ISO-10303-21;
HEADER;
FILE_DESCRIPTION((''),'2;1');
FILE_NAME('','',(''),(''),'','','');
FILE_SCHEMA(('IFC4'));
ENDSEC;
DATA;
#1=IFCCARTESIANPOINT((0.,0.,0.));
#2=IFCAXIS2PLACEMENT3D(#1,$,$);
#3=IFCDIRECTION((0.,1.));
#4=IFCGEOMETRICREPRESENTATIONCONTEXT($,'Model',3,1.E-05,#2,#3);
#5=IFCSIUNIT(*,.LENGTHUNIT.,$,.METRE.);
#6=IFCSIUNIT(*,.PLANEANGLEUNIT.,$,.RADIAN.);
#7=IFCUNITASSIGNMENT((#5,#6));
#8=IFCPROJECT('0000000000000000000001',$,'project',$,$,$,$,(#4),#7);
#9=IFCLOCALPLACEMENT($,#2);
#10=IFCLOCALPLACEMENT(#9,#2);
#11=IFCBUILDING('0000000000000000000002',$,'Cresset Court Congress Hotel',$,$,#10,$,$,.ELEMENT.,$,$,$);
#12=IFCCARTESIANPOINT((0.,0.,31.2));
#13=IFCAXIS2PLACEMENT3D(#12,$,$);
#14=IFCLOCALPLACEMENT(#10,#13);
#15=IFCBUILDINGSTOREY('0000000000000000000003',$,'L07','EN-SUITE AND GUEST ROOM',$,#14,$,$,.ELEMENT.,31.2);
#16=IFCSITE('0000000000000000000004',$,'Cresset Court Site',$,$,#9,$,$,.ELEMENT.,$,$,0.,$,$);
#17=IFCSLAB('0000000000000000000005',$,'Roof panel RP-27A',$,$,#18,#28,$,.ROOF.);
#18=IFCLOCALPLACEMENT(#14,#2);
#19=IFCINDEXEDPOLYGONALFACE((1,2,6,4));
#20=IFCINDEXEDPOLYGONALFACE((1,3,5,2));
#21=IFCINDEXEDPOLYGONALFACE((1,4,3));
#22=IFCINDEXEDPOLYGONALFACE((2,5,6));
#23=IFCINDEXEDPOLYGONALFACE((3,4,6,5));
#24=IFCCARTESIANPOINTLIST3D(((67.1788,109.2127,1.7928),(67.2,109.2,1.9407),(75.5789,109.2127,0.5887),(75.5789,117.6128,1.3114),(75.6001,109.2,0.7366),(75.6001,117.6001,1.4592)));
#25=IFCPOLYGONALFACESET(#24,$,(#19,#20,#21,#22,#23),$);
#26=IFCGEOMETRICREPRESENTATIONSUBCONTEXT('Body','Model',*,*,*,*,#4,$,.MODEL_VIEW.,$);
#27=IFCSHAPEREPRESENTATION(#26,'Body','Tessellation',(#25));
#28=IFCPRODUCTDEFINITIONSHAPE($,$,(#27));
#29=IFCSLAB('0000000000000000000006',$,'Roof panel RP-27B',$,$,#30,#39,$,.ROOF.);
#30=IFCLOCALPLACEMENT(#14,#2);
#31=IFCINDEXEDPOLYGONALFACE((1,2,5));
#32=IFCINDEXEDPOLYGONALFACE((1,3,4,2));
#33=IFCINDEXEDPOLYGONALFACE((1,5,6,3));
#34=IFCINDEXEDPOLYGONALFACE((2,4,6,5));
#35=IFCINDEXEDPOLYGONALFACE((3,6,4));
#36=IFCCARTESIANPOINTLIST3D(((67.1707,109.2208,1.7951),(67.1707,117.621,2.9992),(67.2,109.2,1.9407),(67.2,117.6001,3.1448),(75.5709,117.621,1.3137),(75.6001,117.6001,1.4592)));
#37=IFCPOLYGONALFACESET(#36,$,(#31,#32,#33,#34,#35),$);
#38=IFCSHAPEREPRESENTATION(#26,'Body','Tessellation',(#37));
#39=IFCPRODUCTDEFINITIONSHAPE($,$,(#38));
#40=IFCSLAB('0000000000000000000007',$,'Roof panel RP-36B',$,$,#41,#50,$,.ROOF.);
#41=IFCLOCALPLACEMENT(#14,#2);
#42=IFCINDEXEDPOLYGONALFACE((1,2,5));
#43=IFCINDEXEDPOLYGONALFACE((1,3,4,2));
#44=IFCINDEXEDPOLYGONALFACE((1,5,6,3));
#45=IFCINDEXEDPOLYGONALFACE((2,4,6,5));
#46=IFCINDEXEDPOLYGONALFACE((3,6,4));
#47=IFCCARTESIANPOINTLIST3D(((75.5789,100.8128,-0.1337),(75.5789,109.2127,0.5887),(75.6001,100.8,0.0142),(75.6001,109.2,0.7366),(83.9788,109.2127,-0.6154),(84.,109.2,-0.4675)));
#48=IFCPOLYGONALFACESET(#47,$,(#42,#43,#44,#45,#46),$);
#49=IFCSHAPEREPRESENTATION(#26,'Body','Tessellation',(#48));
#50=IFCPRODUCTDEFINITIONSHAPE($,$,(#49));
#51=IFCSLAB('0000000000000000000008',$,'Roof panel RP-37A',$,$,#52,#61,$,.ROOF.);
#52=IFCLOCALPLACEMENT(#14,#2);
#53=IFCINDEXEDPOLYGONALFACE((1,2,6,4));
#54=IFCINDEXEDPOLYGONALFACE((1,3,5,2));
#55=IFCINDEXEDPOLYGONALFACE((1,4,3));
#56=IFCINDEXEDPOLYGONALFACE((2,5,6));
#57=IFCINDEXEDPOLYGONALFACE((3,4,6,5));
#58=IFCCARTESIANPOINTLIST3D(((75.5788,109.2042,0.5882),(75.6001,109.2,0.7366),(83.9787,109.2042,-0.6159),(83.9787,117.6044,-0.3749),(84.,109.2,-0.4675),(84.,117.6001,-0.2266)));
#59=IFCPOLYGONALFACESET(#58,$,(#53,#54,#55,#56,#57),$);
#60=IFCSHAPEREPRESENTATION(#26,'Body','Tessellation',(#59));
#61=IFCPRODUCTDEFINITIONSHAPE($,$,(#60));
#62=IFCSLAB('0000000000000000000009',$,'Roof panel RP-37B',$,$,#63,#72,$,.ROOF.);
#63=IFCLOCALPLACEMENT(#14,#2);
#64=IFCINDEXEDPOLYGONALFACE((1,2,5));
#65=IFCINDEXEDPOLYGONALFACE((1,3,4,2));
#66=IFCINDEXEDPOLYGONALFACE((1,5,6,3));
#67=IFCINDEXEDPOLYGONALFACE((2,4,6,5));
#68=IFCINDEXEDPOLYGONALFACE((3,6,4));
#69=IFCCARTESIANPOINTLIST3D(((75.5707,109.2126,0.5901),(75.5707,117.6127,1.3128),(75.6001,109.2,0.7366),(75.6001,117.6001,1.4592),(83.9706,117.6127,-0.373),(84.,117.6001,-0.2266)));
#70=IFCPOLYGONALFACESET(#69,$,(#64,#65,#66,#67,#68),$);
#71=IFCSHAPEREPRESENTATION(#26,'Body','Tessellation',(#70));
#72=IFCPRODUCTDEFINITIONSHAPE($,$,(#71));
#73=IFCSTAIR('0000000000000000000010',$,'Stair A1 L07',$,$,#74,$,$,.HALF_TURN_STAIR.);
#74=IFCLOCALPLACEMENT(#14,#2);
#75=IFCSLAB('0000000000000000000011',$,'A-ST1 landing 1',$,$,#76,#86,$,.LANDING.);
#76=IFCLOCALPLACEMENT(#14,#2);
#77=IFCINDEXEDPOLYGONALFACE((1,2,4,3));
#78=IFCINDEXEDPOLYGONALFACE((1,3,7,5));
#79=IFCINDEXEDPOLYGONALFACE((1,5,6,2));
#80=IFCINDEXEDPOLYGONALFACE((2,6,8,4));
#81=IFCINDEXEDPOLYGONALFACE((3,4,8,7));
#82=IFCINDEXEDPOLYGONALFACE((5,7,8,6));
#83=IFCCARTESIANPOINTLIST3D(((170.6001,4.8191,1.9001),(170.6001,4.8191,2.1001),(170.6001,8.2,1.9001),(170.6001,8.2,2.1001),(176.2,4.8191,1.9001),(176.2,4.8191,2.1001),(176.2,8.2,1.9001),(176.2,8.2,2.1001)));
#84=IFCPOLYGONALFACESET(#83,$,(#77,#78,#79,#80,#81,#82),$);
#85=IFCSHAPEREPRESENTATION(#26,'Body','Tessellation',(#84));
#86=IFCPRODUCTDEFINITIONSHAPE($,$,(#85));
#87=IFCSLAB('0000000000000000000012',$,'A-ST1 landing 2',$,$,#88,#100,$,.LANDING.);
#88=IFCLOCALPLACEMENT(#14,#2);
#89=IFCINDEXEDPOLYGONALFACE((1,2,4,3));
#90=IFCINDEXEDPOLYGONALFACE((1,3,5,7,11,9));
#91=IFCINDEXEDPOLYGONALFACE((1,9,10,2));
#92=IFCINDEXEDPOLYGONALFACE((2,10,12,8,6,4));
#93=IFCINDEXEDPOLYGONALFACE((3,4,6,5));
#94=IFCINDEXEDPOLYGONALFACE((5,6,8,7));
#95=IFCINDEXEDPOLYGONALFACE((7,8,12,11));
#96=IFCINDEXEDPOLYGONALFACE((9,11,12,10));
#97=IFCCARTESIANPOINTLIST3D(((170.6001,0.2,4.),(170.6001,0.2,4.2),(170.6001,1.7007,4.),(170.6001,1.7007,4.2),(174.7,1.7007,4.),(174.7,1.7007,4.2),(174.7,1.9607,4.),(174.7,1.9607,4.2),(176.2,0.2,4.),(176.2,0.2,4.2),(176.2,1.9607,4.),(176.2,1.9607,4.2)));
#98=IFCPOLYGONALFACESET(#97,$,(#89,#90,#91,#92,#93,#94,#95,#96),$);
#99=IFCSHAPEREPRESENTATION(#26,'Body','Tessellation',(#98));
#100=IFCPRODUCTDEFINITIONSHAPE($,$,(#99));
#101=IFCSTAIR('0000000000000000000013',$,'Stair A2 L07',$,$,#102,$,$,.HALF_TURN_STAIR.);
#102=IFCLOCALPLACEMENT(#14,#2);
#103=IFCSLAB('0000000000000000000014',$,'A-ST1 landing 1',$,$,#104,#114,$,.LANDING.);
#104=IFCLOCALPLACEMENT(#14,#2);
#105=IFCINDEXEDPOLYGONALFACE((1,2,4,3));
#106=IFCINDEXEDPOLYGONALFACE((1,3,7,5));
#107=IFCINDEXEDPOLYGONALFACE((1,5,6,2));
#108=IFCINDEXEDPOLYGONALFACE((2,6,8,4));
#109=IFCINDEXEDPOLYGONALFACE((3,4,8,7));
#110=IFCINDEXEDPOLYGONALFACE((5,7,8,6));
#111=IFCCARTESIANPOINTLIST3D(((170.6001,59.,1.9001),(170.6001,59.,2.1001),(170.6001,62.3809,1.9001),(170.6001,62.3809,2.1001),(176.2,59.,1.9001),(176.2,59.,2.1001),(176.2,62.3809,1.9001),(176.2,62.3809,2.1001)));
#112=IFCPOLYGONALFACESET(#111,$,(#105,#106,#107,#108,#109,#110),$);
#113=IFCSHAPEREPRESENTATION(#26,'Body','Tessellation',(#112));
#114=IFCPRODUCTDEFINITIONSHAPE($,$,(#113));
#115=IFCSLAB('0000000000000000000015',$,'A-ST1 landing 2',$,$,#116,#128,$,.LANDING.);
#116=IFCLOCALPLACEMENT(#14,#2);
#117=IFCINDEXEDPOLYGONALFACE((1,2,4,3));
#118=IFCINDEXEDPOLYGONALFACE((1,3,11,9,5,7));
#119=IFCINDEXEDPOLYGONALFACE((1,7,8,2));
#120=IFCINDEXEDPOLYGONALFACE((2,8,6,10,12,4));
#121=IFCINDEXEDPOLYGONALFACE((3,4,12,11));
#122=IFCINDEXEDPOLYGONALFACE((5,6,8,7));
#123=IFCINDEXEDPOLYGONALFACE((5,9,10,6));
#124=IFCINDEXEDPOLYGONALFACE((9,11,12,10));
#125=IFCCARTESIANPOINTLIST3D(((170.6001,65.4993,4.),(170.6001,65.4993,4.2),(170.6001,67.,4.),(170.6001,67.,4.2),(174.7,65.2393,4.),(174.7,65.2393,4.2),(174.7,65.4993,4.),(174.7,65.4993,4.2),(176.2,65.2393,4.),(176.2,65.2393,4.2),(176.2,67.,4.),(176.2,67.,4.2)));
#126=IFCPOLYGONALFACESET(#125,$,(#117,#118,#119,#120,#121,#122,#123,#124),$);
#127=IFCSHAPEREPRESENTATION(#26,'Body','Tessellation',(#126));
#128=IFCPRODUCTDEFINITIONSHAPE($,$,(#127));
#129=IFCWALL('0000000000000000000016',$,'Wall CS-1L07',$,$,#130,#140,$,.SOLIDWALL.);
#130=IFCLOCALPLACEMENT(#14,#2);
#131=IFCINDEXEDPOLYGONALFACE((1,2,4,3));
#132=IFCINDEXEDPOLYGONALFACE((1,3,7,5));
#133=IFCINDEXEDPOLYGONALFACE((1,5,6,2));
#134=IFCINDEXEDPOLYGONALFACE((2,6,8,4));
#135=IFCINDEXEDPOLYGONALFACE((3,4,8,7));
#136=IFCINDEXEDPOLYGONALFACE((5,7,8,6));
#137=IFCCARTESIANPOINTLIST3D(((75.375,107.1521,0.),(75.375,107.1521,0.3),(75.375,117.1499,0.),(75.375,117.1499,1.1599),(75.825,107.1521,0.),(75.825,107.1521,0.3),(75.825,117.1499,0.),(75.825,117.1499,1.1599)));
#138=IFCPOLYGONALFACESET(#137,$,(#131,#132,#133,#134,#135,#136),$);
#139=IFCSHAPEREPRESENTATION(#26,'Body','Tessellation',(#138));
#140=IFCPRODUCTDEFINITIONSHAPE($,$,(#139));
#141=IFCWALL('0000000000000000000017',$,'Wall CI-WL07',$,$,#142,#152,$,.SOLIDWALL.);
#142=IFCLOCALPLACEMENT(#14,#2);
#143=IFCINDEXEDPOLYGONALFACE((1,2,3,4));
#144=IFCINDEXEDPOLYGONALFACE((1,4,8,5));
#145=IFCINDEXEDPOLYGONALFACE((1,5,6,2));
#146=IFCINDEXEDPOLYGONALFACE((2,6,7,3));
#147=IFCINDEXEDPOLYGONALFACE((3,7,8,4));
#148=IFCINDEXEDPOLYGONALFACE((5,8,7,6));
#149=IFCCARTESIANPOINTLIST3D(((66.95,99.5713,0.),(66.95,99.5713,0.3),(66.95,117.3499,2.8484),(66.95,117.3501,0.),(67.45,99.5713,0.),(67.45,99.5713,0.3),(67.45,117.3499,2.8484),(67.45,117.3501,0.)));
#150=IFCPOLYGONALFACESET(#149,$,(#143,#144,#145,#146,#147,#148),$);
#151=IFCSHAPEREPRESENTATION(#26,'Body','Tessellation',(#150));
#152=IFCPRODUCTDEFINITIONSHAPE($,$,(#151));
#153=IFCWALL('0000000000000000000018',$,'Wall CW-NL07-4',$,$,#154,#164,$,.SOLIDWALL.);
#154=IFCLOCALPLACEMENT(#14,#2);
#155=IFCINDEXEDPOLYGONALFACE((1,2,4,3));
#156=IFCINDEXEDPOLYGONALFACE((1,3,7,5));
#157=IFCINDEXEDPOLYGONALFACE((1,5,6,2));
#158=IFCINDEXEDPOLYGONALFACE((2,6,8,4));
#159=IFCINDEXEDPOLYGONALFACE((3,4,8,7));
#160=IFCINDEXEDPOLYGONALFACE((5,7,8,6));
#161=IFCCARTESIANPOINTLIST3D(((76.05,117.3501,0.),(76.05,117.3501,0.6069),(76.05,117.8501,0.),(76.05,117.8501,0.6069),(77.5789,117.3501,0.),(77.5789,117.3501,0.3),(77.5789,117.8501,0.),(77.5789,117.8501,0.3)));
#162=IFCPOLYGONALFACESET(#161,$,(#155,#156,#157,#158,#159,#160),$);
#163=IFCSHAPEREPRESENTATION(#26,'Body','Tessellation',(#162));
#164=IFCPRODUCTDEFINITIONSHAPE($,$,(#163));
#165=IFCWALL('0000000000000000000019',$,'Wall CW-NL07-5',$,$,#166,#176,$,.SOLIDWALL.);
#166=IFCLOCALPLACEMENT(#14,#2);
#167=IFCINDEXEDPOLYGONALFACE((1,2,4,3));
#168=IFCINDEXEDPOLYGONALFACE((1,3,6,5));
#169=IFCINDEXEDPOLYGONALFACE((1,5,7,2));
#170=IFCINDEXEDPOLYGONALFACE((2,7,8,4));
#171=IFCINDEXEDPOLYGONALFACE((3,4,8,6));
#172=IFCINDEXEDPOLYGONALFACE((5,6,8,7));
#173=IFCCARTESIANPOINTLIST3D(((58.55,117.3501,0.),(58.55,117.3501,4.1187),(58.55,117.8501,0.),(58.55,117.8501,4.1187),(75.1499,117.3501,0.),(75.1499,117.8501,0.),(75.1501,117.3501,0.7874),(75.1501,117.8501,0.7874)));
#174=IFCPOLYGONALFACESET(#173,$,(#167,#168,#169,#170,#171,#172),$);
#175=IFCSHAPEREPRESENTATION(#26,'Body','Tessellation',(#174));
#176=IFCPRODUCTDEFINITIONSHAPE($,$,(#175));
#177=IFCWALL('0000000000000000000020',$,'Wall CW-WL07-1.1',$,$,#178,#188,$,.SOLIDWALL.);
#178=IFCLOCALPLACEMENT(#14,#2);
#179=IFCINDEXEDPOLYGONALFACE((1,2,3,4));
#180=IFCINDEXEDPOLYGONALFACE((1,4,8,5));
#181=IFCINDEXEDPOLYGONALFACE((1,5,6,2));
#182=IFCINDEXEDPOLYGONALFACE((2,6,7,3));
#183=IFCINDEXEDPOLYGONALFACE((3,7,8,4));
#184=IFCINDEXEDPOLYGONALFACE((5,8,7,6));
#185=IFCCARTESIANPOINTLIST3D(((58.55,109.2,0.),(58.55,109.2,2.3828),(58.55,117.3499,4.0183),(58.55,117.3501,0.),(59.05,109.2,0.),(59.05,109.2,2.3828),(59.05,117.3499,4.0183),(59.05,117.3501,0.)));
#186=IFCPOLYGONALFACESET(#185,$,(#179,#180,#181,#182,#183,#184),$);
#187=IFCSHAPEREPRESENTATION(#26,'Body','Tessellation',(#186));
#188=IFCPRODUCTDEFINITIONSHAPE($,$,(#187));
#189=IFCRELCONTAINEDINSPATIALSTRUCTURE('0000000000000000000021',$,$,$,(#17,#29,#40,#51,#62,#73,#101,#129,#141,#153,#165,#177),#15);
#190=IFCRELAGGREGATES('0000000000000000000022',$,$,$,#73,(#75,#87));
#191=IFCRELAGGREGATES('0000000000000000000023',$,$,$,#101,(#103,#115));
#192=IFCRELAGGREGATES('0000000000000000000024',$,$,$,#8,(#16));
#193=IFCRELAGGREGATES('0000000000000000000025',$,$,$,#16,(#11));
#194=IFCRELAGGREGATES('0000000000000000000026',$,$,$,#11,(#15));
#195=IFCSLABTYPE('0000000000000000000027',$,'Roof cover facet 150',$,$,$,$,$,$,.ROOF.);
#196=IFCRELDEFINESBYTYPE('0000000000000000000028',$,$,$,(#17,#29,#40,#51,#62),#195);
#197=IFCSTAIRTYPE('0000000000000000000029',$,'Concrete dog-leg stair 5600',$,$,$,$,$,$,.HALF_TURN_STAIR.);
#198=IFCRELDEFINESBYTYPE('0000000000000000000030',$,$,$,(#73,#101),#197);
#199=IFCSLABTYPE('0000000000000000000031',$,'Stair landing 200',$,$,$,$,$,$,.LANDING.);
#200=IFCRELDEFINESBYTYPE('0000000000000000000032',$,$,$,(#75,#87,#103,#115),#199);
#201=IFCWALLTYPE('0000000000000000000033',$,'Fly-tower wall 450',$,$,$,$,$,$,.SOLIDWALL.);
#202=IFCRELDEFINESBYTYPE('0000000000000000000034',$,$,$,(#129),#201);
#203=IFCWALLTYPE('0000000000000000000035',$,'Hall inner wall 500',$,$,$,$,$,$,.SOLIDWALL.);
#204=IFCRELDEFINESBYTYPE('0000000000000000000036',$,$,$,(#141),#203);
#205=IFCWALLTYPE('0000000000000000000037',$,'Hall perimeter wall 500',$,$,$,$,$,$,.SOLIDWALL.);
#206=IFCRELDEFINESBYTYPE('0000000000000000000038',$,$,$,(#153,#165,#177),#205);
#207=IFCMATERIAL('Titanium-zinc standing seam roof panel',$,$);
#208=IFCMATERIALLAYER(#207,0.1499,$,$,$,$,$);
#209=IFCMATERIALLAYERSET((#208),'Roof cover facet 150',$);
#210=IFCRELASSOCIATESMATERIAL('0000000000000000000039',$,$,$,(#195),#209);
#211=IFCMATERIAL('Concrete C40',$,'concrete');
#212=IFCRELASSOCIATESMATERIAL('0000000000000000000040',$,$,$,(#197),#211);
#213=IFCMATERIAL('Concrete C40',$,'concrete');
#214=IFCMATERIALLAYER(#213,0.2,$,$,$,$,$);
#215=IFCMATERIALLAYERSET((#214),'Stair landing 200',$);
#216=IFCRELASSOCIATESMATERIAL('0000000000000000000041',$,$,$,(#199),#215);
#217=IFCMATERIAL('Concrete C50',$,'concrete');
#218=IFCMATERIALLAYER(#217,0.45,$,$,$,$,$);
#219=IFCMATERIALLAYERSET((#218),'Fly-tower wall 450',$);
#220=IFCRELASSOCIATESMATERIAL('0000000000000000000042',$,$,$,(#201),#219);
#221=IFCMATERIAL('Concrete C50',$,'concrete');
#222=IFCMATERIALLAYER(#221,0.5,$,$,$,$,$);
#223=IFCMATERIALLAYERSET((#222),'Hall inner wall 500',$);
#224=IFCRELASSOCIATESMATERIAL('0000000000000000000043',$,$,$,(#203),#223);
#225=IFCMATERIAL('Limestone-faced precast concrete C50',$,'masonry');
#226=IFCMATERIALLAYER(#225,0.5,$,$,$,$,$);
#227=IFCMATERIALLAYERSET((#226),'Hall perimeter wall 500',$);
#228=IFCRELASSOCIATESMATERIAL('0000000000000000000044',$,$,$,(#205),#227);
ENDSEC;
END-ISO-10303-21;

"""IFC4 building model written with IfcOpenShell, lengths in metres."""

from ifc_helpers import new_model, si_unit, direction, frame, origin, place, context, subcontext, project, spatial, polyline, outline, extrude, material, layer, layer_set, type_object, element, aggregate, save


model = new_model("IFC4")

# Units and contexts
model_context = context("Model", 3, precision=1e-05, world=origin(), true_north=direction((0.0, 1.0)))
body_context = subcontext(model_context, "Body", "Model", "MODEL_VIEW")
ifc_project = project(units=[si_unit("LENGTHUNIT", "METRE"), si_unit("PLANEANGLEUNIT", "RADIAN")], contexts=[model_context])

# Site, building, storey
site_placement = place(None, origin())
site = spatial("IfcSite", under=ifc_project, at=site_placement, Name="Cresset Court Site", CompositionType="ELEMENT", RefElevation=0.0)
building_placement = place(site_placement, origin())
building = spatial("IfcBuilding", under=site, at=building_placement, Name="Cresset Court Congress Hotel", CompositionType="ELEMENT")
storey_placement = place(building_placement, frame((0.0, 0.0, 31.2)))
storey = spatial("IfcBuildingStorey", under=building, at=storey_placement, Name="L07", Description="EN-SUITE AND GUEST ROOM", CompositionType="ELEMENT", Elevation=31.2)

# Slabs
ifc_material_1 = material(Name="Titanium-zinc standing seam roof panel")
ifc_layer_1 = layer(ifc_material_1, 0.1499)
ifc_layer_set_1 = layer_set([ifc_layer_1], Name="Roof cover facet 150")
slab_type_1 = type_object("IfcSlabType", Name="Roof cover facet 150", PredefinedType="ROOF", material=ifc_layer_set_1)
slab_1_placement = place(storey_placement, frame((67.2, 109.2, 1.9407), z_axis=(0.141381, -0.084851, 0.986312), x_axis=(0.989882, 0.0, -0.141893)))
element("IfcSlab", 1, at=slab_1_placement, inside=storey, type_object=slab_type_1, Name="Roof panel RP-27A", PredefinedType="ROOF", context=body_context, shape_type="SweptSolid", body=[
    extrude(outline(polyline([(0.0, 0.0), (8.486, 0.0), (8.3835, 8.4306), (0.0, 0.0)])), origin(), (0.0, 0.0, -1.0), 0.1499),
])
slab_2_placement = place(storey_placement, frame((67.2, 109.2, 1.9407), z_axis=(0.194821, -0.139174, 0.970915), x_axis=(0.706527, 0.706527, -0.040494)))
element("IfcSlab", 2, at=slab_2_placement, inside=storey, type_object=slab_type_1, Name="Roof panel RP-27B", PredefinedType="ROOF", context=body_context, shape_type="SweptSolid", body=[
    extrude(outline(polyline([(0.0, 0.0), (11.8894, 0.0), (5.8862, 6.1127), (0.0, 0.0)])), origin(), (0.0, 0.0, -1.0), 0.1499),
])
slab_3_placement = place(storey_placement, frame((75.6001, 100.8, 0.0142), z_axis=(0.141385, -0.084825, 0.986314), x_axis=(0.706526, 0.706526, -0.040515)))
element("IfcSlab", 3, at=slab_3_placement, inside=storey, type_object=slab_type_1, Name="Roof panel RP-36B", PredefinedType="ROOF", context=body_context, shape_type="SweptSolid", body=[
    extrude(outline(polyline([(0.0, 0.0), (11.889, 0.0), (5.9055, 6.0171), (0.0, 0.0)])), origin(), (0.0, 0.0, -1.0), 0.1499),
])
slab_4_placement = place(storey_placement, frame((75.6001, 109.2, 0.7366), z_axis=(0.141839, -0.028384, 0.989483), x_axis=(0.989881, 0.0, -0.141897)))
element("IfcSlab", 4, at=slab_4_placement, inside=storey, type_object=slab_type_1, Name="Roof panel RP-37A", PredefinedType="ROOF", context=body_context, shape_type="SweptSolid", body=[
    extrude(outline(polyline([(0.0, 0.0), (8.4858, 0.0), (8.4516, 8.4035), (0.0, 0.0)])), origin(), (0.0, 0.0, -1.0), 0.1499),
])
slab_5_placement = place(storey_placement, frame((75.6001, 109.2, 0.7366), z_axis=(0.196072, -0.084049, 0.976981), x_axis=(0.704784, 0.704804, -0.080811)))
element("IfcSlab", 5, at=slab_5_placement, inside=storey, type_object=slab_type_1, Name="Roof panel RP-37B", PredefinedType="ROOF", context=body_context, shape_type="SweptSolid", body=[
    extrude(outline(polyline([(0.0, 0.0), (11.9184, 0.0), (5.8621, 6.0598), (0.0, 0.0)])), origin(), (0.0, 0.0, -1.0), 0.1499),
])

# Stairs, slabs
ifc_material_2 = material(Name="Concrete C40", Category="concrete")
stair_type = type_object("IfcStairType", Name="Concrete dog-leg stair 5600", PredefinedType="HALF_TURN_STAIR", material=ifc_material_2)
stair_1_placement = place(storey_placement, origin())
stair_1 = element("IfcStair", 6, at=stair_1_placement, inside=storey, type_object=stair_type, Name="Stair A1 L07", PredefinedType="HALF_TURN_STAIR")
ifc_material_3 = material(Name="Concrete C40", Category="concrete")
ifc_layer_2 = layer(ifc_material_3, 0.2)
ifc_layer_set_2 = layer_set([ifc_layer_2], Name="Stair landing 200")
slab_type_2 = type_object("IfcSlabType", Name="Stair landing 200", PredefinedType="LANDING", material=ifc_layer_set_2)
slab_6_placement = place(storey_placement, frame((0.0, 0.0, 1.9001)))
slab_6 = element("IfcSlab", 7, at=slab_6_placement, type_object=slab_type_2, Name="A-ST1 landing 1", PredefinedType="LANDING", context=body_context, shape_type="SweptSolid", body=[
    extrude(outline(polyline([(170.6001, 4.8191), (176.2, 4.8191), (176.2, 8.2), (170.6001, 8.2), (170.6001, 4.8191)])), origin(), (0.0, 0.0, 1.0), 0.2),
])
slab_7_placement = place(storey_placement, frame((0.0, 0.0, 4.0)))
slab_7 = element("IfcSlab", 8, at=slab_7_placement, type_object=slab_type_2, Name="A-ST1 landing 2", PredefinedType="LANDING", context=body_context, shape_type="SweptSolid", body=[
    extrude(outline(polyline([(170.6001, 0.2), (176.2, 0.2), (176.2, 1.9607), (174.7, 1.9607), (174.7, 1.7007), (170.6001, 1.7007), (170.6001, 0.2)])), origin(), (0.0, 0.0, 1.0), 0.2),
])
aggregate(stair_1, [slab_6, slab_7])
stair_2_placement = place(storey_placement, origin())
stair_2 = element("IfcStair", 9, at=stair_2_placement, inside=storey, type_object=stair_type, Name="Stair A2 L07", PredefinedType="HALF_TURN_STAIR")
slab_8_placement = place(storey_placement, frame((0.0, 0.0, 1.9001)))
slab_8 = element("IfcSlab", 10, at=slab_8_placement, type_object=slab_type_2, Name="A-ST1 landing 1", PredefinedType="LANDING", context=body_context, shape_type="SweptSolid", body=[
    extrude(outline(polyline([(170.6001, 62.3809), (176.2, 62.3809), (176.2, 59.0), (170.6001, 59.0), (170.6001, 62.3809)])), origin(), (0.0, 0.0, 1.0), 0.2),
])
slab_9_placement = place(storey_placement, frame((0.0, 0.0, 4.0)))
slab_9 = element("IfcSlab", 11, at=slab_9_placement, type_object=slab_type_2, Name="A-ST1 landing 2", PredefinedType="LANDING", context=body_context, shape_type="SweptSolid", body=[
    extrude(outline(polyline([(170.6001, 67.0), (176.2, 67.0), (176.2, 65.2393), (174.7, 65.2393), (174.7, 65.4993), (170.6001, 65.4993), (170.6001, 67.0)])), origin(), (0.0, 0.0, 1.0), 0.2),
])
aggregate(stair_2, [slab_8, slab_9])

# Walls
ifc_material_4 = material(Name="Concrete C50", Category="concrete")
ifc_layer_3 = layer(ifc_material_4, 0.45)
ifc_layer_set_3 = layer_set([ifc_layer_3], Name="Fly-tower wall 450")
wall_type_1 = type_object("IfcWallType", Name="Fly-tower wall 450", PredefinedType="SOLIDWALL", material=ifc_layer_set_3)
wall_1_placement = place(storey_placement, frame((75.6001, 107.1521, 0.0), z_axis=(0.0, 0.0, 1.0), x_axis=(0.0, 1.0, 0.0)))
element("IfcWall", 12, at=wall_1_placement, inside=storey, type_object=wall_type_1, Name="Wall CS-1L07", PredefinedType="SOLIDWALL", context=body_context, shape_type="SweptSolid", body=[
    extrude(outline(polyline([(0.0, 0.0), (9.9978, 0.0), (9.9978, 1.1599), (0.0, 0.3), (0.0, 0.0)])), frame((0.0, 0.2251, 0.0), z_axis=(0.0, -1.0, 0.0), x_axis=(1.0, 0.0, 0.0)), (0.0, 0.0, 1.0), 0.45),
])
ifc_material_5 = material(Name="Concrete C50", Category="concrete")
ifc_layer_4 = layer(ifc_material_5, 0.5)
ifc_layer_set_4 = layer_set([ifc_layer_4], Name="Hall inner wall 500")
wall_type_2 = type_object("IfcWallType", Name="Hall inner wall 500", PredefinedType="SOLIDWALL", material=ifc_layer_set_4)
wall_2_placement = place(storey_placement, frame((67.2, 99.5713, 0.0), z_axis=(0.0, 0.0, 1.0), x_axis=(0.0, 1.0, 0.0)))
element("IfcWall", 13, at=wall_2_placement, inside=storey, type_object=wall_type_2, Name="Wall CI-WL07", PredefinedType="SOLIDWALL", context=body_context, shape_type="SweptSolid", body=[
    extrude(outline(polyline([(0.0, 0.0), (17.7788, 0.0), (17.7786, 2.8484), (0.0, 0.3), (0.0, 0.0)])), frame((0.0, 0.25, 0.0), z_axis=(0.0, -1.0, 0.0), x_axis=(1.0, 0.0, 0.0)), (0.0, 0.0, 1.0), 0.5),
])
ifc_material_6 = material(Name="Limestone-faced precast concrete C50", Category="masonry")
ifc_layer_5 = layer(ifc_material_6, 0.5)
ifc_layer_set_5 = layer_set([ifc_layer_5], Name="Hall perimeter wall 500")
wall_type_3 = type_object("IfcWallType", Name="Hall perimeter wall 500", PredefinedType="SOLIDWALL", material=ifc_layer_set_5)
wall_3_placement = place(storey_placement, frame((76.05, 117.6001, 0.0), z_axis=(0.0, 0.0, 1.0), x_axis=(1.0, 0.0, 0.0)))
element("IfcWall", 14, at=wall_3_placement, inside=storey, type_object=wall_type_3, Name="Wall CW-NL07-4", PredefinedType="SOLIDWALL", context=body_context, shape_type="SweptSolid", body=[
    extrude(outline(polyline([(0.0, 0.0), (1.5288, 0.0), (1.5288, 0.3), (0.0, 0.6069), (0.0, 0.0)])), frame((0.0, 0.25, 0.0), z_axis=(0.0, -1.0, 0.0), x_axis=(1.0, 0.0, 0.0)), (0.0, 0.0, 1.0), 0.5),
])
wall_4_placement = place(storey_placement, frame((58.55, 117.6001, 0.0), z_axis=(0.0, 0.0, 1.0), x_axis=(1.0, 0.0, 0.0)))
element("IfcWall", 15, at=wall_4_placement, inside=storey, type_object=wall_type_3, Name="Wall CW-NL07-5", PredefinedType="SOLIDWALL", context=body_context, shape_type="SweptSolid", body=[
    extrude(outline(polyline([(0.0, 0.0), (16.5999, 0.0), (16.6001, 0.7874), (0.0, 4.1187), (0.0, 0.0)])), frame((0.0, 0.25, 0.0), z_axis=(0.0, -1.0, 0.0), x_axis=(1.0, 0.0, 0.0)), (0.0, 0.0, 1.0), 0.5),
])
wall_5_placement = place(storey_placement, frame((58.8, 109.2, 0.0), z_axis=(0.0, 0.0, 1.0), x_axis=(0.0, 1.0, 0.0)))
element("IfcWall", 16, at=wall_5_placement, inside=storey, type_object=wall_type_3, Name="Wall CW-WL07-1.1", PredefinedType="SOLIDWALL", context=body_context, shape_type="SweptSolid", body=[
    extrude(outline(polyline([(0.0, 0.0), (8.1501, 0.0), (8.1499, 4.0183), (0.0, 2.3828), (0.0, 0.0)])), frame((0.0, 0.25, 0.0), z_axis=(0.0, -1.0, 0.0), x_axis=(1.0, 0.0, 0.0)), (0.0, 0.0, 1.0), 0.5),
])

save(model, "model.ifc")
